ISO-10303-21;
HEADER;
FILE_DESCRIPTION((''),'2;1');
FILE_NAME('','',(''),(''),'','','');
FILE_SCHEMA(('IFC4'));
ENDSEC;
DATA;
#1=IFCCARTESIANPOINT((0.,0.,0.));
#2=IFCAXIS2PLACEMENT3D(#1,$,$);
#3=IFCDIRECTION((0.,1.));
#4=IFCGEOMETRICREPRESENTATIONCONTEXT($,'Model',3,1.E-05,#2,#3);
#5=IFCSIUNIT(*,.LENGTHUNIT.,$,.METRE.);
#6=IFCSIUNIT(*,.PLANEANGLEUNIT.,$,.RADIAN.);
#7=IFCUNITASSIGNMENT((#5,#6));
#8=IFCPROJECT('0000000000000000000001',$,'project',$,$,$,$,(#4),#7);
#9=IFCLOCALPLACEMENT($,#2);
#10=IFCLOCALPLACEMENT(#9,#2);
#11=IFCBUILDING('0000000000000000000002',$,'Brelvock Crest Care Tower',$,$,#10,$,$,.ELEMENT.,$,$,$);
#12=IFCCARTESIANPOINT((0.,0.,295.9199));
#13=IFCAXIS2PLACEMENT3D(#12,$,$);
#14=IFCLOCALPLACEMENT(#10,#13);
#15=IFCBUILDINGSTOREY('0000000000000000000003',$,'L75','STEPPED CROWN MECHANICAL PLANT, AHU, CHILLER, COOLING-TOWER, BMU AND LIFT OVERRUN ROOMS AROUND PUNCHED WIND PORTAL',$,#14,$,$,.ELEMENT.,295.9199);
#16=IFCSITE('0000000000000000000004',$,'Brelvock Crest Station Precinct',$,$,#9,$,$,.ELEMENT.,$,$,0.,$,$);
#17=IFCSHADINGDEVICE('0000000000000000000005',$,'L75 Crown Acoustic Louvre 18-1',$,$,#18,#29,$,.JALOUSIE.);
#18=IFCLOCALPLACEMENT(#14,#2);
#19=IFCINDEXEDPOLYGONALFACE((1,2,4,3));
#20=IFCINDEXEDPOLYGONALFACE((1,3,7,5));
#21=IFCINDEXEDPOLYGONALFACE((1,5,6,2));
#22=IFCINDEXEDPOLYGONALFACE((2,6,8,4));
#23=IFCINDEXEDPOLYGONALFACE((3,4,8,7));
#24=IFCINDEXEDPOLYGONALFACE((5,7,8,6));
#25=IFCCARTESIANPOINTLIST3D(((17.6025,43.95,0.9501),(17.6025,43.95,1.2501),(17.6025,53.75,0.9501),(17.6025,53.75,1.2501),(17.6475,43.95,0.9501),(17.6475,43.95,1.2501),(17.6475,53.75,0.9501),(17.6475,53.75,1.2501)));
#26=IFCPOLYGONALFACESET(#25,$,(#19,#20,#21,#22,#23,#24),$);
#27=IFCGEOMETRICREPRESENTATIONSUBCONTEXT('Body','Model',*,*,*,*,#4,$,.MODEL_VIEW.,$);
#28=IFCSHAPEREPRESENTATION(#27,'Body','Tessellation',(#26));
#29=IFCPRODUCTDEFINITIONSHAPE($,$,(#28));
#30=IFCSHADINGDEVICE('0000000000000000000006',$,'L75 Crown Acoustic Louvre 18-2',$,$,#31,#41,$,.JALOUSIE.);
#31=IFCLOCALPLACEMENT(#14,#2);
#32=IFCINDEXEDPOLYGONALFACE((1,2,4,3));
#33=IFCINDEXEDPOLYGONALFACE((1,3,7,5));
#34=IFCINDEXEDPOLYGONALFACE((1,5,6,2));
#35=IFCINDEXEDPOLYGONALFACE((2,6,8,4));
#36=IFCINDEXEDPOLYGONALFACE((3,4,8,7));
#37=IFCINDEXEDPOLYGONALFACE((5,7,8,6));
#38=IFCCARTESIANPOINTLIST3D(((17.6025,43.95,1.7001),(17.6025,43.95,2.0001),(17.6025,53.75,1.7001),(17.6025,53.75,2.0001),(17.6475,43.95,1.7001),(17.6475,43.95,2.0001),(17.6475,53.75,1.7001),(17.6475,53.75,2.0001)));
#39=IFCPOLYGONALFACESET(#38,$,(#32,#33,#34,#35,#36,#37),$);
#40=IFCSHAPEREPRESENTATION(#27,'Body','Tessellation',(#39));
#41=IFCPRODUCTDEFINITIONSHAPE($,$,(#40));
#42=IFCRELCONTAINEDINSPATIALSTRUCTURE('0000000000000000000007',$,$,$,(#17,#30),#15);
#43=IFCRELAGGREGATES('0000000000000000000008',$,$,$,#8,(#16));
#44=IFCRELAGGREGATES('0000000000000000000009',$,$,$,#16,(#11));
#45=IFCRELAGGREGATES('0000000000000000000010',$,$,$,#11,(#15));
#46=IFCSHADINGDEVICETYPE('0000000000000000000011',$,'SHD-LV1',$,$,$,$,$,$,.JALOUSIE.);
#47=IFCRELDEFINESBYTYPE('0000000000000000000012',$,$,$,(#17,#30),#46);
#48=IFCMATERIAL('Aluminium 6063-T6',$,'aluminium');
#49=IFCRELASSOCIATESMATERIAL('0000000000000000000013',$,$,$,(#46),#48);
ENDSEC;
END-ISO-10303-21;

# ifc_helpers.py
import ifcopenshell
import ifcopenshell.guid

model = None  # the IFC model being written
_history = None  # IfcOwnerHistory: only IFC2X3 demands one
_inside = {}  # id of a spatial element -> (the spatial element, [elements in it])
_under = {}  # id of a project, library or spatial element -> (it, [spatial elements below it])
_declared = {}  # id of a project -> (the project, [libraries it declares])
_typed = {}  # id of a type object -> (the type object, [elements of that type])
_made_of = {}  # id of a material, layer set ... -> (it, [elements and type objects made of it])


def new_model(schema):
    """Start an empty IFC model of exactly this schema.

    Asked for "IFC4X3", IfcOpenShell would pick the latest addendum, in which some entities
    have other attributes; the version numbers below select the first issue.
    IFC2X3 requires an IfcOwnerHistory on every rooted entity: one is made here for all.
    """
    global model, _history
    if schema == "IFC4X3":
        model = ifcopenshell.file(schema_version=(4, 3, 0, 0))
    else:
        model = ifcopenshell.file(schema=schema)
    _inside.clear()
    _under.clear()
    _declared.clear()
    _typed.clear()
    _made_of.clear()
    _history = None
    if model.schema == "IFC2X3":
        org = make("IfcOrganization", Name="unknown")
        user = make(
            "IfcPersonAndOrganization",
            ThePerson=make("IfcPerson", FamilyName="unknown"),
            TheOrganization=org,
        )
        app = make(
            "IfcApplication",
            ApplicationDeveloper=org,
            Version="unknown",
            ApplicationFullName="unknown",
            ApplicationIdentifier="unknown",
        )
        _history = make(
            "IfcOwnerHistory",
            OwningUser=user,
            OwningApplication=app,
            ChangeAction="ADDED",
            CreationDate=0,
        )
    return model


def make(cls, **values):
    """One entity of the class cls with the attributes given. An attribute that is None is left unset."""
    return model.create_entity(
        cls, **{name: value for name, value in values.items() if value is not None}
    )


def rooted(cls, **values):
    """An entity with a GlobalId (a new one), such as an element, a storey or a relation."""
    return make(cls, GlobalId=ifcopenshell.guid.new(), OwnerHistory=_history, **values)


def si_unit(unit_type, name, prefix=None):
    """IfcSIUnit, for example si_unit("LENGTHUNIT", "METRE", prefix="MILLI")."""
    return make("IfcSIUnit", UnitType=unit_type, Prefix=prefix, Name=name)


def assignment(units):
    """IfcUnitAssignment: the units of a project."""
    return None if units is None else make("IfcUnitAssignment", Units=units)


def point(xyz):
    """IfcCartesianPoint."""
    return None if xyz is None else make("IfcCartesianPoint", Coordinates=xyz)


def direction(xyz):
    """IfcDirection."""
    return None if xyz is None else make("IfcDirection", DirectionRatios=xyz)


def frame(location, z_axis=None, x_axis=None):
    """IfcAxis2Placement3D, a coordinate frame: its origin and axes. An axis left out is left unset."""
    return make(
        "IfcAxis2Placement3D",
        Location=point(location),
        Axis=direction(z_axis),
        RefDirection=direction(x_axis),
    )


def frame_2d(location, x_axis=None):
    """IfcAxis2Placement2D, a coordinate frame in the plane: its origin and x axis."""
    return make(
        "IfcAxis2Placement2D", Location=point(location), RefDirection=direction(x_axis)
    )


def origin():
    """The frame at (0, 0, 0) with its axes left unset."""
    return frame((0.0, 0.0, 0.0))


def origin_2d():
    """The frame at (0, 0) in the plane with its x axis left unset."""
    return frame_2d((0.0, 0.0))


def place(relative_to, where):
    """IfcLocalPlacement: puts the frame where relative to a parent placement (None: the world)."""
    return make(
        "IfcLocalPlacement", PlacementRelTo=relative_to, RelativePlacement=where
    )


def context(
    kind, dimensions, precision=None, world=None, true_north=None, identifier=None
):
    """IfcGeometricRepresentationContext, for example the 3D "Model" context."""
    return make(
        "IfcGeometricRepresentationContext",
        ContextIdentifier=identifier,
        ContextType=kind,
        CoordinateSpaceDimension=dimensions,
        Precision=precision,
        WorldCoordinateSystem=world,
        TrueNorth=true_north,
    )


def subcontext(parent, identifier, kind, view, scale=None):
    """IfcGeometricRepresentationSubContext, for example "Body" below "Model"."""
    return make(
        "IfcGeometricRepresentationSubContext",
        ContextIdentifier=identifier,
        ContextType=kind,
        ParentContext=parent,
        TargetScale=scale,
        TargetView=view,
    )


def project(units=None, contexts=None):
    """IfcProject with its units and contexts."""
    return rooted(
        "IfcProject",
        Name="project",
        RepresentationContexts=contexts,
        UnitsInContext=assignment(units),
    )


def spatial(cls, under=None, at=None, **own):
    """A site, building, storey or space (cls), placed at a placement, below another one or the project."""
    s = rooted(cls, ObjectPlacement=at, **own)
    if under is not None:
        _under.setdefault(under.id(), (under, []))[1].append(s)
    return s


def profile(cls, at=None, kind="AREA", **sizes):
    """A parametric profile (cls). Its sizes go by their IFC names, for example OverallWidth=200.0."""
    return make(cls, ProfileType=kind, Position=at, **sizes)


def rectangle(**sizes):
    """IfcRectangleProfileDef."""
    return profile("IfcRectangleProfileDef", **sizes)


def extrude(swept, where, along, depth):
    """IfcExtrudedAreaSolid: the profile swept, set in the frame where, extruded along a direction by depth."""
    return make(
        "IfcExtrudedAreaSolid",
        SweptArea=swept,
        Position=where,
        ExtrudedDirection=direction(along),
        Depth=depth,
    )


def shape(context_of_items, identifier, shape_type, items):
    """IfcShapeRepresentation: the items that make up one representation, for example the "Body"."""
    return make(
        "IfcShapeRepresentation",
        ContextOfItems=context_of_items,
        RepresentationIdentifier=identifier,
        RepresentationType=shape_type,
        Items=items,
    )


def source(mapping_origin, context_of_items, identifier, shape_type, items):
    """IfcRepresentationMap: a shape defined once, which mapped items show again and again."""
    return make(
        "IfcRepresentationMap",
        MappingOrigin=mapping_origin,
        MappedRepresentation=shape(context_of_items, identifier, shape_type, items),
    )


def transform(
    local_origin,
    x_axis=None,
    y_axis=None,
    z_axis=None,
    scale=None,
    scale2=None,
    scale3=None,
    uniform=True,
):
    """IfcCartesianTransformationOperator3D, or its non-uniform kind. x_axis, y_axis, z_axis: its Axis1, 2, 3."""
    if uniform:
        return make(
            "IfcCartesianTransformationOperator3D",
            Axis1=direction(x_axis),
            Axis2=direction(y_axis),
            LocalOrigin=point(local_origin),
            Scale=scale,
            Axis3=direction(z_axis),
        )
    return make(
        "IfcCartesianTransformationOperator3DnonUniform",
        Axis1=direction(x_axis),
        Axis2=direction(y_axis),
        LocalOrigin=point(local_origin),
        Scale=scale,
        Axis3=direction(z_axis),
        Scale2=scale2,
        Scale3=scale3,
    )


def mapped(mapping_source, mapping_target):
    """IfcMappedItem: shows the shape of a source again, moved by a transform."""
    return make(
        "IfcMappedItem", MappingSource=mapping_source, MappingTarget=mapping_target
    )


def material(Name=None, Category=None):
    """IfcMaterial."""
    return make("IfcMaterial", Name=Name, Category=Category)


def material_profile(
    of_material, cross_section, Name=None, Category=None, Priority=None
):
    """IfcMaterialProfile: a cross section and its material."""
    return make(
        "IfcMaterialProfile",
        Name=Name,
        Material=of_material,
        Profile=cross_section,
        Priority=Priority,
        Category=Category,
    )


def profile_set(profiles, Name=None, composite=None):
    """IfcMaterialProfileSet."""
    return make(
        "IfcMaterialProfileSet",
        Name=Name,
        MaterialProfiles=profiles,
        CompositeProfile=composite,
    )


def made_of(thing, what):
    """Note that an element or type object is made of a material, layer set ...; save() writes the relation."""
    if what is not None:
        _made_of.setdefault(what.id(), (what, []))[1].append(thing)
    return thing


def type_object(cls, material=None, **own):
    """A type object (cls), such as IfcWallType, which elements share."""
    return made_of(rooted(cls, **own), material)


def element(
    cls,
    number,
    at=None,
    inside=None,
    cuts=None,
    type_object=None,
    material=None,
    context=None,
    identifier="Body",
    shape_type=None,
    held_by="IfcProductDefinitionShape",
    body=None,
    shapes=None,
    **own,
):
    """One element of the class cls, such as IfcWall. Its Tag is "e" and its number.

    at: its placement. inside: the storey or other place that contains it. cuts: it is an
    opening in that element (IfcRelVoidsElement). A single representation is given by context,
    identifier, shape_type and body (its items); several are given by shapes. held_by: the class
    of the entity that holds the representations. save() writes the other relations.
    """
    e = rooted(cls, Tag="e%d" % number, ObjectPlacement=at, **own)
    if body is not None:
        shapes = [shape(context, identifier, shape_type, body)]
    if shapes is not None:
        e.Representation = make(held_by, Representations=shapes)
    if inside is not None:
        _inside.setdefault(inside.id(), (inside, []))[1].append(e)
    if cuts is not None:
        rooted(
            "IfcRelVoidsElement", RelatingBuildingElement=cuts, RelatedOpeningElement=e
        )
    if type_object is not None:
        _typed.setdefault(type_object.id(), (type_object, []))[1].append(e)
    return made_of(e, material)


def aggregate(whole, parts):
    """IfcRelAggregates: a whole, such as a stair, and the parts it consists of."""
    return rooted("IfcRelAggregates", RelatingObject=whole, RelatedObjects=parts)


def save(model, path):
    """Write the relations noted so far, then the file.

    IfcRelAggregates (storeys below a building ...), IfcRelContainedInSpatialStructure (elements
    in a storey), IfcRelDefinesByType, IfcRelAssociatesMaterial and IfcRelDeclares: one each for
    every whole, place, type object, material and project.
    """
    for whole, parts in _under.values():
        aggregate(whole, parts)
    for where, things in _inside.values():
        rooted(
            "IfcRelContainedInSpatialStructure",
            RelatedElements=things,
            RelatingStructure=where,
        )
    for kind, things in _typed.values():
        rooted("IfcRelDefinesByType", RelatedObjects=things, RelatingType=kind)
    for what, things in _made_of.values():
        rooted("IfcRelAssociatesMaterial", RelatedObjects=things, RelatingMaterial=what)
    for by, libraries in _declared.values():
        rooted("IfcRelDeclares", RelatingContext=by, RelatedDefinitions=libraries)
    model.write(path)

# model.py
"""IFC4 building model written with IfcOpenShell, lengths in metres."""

from ifc_helpers import new_model, si_unit, direction, frame, origin, origin_2d, place, context, subcontext, project, spatial, rectangle, extrude, source, transform, mapped, material, material_profile, profile_set, type_object, element, save


model = new_model("IFC4")

# Units and contexts
model_context = context("Model", 3, precision=1e-05, world=origin(), true_north=direction((0.0, 1.0)))
body_context = subcontext(model_context, "Body", "Model", "MODEL_VIEW")
ifc_project = project(units=[si_unit("LENGTHUNIT", "METRE"), si_unit("PLANEANGLEUNIT", "RADIAN")], contexts=[model_context])

# Site, building, storey
site_placement = place(None, origin())
site = spatial("IfcSite", under=ifc_project, at=site_placement, Name="Brelvock Crest Station Precinct", CompositionType="ELEMENT", RefElevation=0.0)
building_placement = place(site_placement, origin())
building = spatial("IfcBuilding", under=site, at=building_placement, Name="Brelvock Crest Care Tower", CompositionType="ELEMENT")
storey_placement = place(building_placement, frame((0.0, 0.0, 295.9199)))
storey = spatial("IfcBuildingStorey", under=building, at=storey_placement, Name="L75", Description="STEPPED CROWN MECHANICAL PLANT, AHU, CHILLER, COOLING-TOWER, BMU AND LIFT OVERRUN ROOMS AROUND PUNCHED WIND PORTAL", CompositionType="ELEMENT", Elevation=295.9199)

# Shading devices
ifc_material_1 = material(Name="Aluminium 6063-T6", Category="aluminium")
ifc_material_profile_1 = material_profile(ifc_material_1, rectangle(XDim=0.0449, YDim=0.3, at=origin_2d()), Name="LOUVRE45x300")
ifc_profile_set_1 = profile_set([ifc_material_profile_1], Name="Aluminium 6063-T6")
shading_device_type = type_object("IfcShadingDeviceType", Name="SHD-LV1", PredefinedType="JALOUSIE", material=ifc_profile_set_1)
shared_shape_1 = source(origin(), body_context, "Body", "SweptSolid", [
    extrude(rectangle(XDim=0.0449, YDim=0.3, at=origin_2d()), origin(), (0.0, 0.0, 1.0), 9.8),
])
for number, where, z_axis, x_axis, name in (
    (1, (17.625, 43.95, 1.1001), (0.0, 1.0, 0.0), (-1.0, 0.0, 0.0), "L75 Crown Acoustic Louvre 18-1"),
    (2, (17.625, 43.95, 1.8501), (0.0, 1.0, 0.0), (-1.0, 0.0, 0.0), "L75 Crown Acoustic Louvre 18-2"),
):
    element("IfcShadingDevice", number, at=place(storey_placement, frame(where, z_axis=z_axis, x_axis=x_axis)), inside=storey, type_object=shading_device_type, Name=name, PredefinedType="JALOUSIE", context=body_context, shape_type="MappedRepresentation", body=[
        mapped(shared_shape_1, transform((0.0, 0.0, 0.0), x_axis=(1.0, 0.0, 0.0), y_axis=(0.0, 1.0, 0.0), z_axis=(0.0, 0.0, 1.0), scale=1.0)),
    ])

save(model, "model.ifc")
